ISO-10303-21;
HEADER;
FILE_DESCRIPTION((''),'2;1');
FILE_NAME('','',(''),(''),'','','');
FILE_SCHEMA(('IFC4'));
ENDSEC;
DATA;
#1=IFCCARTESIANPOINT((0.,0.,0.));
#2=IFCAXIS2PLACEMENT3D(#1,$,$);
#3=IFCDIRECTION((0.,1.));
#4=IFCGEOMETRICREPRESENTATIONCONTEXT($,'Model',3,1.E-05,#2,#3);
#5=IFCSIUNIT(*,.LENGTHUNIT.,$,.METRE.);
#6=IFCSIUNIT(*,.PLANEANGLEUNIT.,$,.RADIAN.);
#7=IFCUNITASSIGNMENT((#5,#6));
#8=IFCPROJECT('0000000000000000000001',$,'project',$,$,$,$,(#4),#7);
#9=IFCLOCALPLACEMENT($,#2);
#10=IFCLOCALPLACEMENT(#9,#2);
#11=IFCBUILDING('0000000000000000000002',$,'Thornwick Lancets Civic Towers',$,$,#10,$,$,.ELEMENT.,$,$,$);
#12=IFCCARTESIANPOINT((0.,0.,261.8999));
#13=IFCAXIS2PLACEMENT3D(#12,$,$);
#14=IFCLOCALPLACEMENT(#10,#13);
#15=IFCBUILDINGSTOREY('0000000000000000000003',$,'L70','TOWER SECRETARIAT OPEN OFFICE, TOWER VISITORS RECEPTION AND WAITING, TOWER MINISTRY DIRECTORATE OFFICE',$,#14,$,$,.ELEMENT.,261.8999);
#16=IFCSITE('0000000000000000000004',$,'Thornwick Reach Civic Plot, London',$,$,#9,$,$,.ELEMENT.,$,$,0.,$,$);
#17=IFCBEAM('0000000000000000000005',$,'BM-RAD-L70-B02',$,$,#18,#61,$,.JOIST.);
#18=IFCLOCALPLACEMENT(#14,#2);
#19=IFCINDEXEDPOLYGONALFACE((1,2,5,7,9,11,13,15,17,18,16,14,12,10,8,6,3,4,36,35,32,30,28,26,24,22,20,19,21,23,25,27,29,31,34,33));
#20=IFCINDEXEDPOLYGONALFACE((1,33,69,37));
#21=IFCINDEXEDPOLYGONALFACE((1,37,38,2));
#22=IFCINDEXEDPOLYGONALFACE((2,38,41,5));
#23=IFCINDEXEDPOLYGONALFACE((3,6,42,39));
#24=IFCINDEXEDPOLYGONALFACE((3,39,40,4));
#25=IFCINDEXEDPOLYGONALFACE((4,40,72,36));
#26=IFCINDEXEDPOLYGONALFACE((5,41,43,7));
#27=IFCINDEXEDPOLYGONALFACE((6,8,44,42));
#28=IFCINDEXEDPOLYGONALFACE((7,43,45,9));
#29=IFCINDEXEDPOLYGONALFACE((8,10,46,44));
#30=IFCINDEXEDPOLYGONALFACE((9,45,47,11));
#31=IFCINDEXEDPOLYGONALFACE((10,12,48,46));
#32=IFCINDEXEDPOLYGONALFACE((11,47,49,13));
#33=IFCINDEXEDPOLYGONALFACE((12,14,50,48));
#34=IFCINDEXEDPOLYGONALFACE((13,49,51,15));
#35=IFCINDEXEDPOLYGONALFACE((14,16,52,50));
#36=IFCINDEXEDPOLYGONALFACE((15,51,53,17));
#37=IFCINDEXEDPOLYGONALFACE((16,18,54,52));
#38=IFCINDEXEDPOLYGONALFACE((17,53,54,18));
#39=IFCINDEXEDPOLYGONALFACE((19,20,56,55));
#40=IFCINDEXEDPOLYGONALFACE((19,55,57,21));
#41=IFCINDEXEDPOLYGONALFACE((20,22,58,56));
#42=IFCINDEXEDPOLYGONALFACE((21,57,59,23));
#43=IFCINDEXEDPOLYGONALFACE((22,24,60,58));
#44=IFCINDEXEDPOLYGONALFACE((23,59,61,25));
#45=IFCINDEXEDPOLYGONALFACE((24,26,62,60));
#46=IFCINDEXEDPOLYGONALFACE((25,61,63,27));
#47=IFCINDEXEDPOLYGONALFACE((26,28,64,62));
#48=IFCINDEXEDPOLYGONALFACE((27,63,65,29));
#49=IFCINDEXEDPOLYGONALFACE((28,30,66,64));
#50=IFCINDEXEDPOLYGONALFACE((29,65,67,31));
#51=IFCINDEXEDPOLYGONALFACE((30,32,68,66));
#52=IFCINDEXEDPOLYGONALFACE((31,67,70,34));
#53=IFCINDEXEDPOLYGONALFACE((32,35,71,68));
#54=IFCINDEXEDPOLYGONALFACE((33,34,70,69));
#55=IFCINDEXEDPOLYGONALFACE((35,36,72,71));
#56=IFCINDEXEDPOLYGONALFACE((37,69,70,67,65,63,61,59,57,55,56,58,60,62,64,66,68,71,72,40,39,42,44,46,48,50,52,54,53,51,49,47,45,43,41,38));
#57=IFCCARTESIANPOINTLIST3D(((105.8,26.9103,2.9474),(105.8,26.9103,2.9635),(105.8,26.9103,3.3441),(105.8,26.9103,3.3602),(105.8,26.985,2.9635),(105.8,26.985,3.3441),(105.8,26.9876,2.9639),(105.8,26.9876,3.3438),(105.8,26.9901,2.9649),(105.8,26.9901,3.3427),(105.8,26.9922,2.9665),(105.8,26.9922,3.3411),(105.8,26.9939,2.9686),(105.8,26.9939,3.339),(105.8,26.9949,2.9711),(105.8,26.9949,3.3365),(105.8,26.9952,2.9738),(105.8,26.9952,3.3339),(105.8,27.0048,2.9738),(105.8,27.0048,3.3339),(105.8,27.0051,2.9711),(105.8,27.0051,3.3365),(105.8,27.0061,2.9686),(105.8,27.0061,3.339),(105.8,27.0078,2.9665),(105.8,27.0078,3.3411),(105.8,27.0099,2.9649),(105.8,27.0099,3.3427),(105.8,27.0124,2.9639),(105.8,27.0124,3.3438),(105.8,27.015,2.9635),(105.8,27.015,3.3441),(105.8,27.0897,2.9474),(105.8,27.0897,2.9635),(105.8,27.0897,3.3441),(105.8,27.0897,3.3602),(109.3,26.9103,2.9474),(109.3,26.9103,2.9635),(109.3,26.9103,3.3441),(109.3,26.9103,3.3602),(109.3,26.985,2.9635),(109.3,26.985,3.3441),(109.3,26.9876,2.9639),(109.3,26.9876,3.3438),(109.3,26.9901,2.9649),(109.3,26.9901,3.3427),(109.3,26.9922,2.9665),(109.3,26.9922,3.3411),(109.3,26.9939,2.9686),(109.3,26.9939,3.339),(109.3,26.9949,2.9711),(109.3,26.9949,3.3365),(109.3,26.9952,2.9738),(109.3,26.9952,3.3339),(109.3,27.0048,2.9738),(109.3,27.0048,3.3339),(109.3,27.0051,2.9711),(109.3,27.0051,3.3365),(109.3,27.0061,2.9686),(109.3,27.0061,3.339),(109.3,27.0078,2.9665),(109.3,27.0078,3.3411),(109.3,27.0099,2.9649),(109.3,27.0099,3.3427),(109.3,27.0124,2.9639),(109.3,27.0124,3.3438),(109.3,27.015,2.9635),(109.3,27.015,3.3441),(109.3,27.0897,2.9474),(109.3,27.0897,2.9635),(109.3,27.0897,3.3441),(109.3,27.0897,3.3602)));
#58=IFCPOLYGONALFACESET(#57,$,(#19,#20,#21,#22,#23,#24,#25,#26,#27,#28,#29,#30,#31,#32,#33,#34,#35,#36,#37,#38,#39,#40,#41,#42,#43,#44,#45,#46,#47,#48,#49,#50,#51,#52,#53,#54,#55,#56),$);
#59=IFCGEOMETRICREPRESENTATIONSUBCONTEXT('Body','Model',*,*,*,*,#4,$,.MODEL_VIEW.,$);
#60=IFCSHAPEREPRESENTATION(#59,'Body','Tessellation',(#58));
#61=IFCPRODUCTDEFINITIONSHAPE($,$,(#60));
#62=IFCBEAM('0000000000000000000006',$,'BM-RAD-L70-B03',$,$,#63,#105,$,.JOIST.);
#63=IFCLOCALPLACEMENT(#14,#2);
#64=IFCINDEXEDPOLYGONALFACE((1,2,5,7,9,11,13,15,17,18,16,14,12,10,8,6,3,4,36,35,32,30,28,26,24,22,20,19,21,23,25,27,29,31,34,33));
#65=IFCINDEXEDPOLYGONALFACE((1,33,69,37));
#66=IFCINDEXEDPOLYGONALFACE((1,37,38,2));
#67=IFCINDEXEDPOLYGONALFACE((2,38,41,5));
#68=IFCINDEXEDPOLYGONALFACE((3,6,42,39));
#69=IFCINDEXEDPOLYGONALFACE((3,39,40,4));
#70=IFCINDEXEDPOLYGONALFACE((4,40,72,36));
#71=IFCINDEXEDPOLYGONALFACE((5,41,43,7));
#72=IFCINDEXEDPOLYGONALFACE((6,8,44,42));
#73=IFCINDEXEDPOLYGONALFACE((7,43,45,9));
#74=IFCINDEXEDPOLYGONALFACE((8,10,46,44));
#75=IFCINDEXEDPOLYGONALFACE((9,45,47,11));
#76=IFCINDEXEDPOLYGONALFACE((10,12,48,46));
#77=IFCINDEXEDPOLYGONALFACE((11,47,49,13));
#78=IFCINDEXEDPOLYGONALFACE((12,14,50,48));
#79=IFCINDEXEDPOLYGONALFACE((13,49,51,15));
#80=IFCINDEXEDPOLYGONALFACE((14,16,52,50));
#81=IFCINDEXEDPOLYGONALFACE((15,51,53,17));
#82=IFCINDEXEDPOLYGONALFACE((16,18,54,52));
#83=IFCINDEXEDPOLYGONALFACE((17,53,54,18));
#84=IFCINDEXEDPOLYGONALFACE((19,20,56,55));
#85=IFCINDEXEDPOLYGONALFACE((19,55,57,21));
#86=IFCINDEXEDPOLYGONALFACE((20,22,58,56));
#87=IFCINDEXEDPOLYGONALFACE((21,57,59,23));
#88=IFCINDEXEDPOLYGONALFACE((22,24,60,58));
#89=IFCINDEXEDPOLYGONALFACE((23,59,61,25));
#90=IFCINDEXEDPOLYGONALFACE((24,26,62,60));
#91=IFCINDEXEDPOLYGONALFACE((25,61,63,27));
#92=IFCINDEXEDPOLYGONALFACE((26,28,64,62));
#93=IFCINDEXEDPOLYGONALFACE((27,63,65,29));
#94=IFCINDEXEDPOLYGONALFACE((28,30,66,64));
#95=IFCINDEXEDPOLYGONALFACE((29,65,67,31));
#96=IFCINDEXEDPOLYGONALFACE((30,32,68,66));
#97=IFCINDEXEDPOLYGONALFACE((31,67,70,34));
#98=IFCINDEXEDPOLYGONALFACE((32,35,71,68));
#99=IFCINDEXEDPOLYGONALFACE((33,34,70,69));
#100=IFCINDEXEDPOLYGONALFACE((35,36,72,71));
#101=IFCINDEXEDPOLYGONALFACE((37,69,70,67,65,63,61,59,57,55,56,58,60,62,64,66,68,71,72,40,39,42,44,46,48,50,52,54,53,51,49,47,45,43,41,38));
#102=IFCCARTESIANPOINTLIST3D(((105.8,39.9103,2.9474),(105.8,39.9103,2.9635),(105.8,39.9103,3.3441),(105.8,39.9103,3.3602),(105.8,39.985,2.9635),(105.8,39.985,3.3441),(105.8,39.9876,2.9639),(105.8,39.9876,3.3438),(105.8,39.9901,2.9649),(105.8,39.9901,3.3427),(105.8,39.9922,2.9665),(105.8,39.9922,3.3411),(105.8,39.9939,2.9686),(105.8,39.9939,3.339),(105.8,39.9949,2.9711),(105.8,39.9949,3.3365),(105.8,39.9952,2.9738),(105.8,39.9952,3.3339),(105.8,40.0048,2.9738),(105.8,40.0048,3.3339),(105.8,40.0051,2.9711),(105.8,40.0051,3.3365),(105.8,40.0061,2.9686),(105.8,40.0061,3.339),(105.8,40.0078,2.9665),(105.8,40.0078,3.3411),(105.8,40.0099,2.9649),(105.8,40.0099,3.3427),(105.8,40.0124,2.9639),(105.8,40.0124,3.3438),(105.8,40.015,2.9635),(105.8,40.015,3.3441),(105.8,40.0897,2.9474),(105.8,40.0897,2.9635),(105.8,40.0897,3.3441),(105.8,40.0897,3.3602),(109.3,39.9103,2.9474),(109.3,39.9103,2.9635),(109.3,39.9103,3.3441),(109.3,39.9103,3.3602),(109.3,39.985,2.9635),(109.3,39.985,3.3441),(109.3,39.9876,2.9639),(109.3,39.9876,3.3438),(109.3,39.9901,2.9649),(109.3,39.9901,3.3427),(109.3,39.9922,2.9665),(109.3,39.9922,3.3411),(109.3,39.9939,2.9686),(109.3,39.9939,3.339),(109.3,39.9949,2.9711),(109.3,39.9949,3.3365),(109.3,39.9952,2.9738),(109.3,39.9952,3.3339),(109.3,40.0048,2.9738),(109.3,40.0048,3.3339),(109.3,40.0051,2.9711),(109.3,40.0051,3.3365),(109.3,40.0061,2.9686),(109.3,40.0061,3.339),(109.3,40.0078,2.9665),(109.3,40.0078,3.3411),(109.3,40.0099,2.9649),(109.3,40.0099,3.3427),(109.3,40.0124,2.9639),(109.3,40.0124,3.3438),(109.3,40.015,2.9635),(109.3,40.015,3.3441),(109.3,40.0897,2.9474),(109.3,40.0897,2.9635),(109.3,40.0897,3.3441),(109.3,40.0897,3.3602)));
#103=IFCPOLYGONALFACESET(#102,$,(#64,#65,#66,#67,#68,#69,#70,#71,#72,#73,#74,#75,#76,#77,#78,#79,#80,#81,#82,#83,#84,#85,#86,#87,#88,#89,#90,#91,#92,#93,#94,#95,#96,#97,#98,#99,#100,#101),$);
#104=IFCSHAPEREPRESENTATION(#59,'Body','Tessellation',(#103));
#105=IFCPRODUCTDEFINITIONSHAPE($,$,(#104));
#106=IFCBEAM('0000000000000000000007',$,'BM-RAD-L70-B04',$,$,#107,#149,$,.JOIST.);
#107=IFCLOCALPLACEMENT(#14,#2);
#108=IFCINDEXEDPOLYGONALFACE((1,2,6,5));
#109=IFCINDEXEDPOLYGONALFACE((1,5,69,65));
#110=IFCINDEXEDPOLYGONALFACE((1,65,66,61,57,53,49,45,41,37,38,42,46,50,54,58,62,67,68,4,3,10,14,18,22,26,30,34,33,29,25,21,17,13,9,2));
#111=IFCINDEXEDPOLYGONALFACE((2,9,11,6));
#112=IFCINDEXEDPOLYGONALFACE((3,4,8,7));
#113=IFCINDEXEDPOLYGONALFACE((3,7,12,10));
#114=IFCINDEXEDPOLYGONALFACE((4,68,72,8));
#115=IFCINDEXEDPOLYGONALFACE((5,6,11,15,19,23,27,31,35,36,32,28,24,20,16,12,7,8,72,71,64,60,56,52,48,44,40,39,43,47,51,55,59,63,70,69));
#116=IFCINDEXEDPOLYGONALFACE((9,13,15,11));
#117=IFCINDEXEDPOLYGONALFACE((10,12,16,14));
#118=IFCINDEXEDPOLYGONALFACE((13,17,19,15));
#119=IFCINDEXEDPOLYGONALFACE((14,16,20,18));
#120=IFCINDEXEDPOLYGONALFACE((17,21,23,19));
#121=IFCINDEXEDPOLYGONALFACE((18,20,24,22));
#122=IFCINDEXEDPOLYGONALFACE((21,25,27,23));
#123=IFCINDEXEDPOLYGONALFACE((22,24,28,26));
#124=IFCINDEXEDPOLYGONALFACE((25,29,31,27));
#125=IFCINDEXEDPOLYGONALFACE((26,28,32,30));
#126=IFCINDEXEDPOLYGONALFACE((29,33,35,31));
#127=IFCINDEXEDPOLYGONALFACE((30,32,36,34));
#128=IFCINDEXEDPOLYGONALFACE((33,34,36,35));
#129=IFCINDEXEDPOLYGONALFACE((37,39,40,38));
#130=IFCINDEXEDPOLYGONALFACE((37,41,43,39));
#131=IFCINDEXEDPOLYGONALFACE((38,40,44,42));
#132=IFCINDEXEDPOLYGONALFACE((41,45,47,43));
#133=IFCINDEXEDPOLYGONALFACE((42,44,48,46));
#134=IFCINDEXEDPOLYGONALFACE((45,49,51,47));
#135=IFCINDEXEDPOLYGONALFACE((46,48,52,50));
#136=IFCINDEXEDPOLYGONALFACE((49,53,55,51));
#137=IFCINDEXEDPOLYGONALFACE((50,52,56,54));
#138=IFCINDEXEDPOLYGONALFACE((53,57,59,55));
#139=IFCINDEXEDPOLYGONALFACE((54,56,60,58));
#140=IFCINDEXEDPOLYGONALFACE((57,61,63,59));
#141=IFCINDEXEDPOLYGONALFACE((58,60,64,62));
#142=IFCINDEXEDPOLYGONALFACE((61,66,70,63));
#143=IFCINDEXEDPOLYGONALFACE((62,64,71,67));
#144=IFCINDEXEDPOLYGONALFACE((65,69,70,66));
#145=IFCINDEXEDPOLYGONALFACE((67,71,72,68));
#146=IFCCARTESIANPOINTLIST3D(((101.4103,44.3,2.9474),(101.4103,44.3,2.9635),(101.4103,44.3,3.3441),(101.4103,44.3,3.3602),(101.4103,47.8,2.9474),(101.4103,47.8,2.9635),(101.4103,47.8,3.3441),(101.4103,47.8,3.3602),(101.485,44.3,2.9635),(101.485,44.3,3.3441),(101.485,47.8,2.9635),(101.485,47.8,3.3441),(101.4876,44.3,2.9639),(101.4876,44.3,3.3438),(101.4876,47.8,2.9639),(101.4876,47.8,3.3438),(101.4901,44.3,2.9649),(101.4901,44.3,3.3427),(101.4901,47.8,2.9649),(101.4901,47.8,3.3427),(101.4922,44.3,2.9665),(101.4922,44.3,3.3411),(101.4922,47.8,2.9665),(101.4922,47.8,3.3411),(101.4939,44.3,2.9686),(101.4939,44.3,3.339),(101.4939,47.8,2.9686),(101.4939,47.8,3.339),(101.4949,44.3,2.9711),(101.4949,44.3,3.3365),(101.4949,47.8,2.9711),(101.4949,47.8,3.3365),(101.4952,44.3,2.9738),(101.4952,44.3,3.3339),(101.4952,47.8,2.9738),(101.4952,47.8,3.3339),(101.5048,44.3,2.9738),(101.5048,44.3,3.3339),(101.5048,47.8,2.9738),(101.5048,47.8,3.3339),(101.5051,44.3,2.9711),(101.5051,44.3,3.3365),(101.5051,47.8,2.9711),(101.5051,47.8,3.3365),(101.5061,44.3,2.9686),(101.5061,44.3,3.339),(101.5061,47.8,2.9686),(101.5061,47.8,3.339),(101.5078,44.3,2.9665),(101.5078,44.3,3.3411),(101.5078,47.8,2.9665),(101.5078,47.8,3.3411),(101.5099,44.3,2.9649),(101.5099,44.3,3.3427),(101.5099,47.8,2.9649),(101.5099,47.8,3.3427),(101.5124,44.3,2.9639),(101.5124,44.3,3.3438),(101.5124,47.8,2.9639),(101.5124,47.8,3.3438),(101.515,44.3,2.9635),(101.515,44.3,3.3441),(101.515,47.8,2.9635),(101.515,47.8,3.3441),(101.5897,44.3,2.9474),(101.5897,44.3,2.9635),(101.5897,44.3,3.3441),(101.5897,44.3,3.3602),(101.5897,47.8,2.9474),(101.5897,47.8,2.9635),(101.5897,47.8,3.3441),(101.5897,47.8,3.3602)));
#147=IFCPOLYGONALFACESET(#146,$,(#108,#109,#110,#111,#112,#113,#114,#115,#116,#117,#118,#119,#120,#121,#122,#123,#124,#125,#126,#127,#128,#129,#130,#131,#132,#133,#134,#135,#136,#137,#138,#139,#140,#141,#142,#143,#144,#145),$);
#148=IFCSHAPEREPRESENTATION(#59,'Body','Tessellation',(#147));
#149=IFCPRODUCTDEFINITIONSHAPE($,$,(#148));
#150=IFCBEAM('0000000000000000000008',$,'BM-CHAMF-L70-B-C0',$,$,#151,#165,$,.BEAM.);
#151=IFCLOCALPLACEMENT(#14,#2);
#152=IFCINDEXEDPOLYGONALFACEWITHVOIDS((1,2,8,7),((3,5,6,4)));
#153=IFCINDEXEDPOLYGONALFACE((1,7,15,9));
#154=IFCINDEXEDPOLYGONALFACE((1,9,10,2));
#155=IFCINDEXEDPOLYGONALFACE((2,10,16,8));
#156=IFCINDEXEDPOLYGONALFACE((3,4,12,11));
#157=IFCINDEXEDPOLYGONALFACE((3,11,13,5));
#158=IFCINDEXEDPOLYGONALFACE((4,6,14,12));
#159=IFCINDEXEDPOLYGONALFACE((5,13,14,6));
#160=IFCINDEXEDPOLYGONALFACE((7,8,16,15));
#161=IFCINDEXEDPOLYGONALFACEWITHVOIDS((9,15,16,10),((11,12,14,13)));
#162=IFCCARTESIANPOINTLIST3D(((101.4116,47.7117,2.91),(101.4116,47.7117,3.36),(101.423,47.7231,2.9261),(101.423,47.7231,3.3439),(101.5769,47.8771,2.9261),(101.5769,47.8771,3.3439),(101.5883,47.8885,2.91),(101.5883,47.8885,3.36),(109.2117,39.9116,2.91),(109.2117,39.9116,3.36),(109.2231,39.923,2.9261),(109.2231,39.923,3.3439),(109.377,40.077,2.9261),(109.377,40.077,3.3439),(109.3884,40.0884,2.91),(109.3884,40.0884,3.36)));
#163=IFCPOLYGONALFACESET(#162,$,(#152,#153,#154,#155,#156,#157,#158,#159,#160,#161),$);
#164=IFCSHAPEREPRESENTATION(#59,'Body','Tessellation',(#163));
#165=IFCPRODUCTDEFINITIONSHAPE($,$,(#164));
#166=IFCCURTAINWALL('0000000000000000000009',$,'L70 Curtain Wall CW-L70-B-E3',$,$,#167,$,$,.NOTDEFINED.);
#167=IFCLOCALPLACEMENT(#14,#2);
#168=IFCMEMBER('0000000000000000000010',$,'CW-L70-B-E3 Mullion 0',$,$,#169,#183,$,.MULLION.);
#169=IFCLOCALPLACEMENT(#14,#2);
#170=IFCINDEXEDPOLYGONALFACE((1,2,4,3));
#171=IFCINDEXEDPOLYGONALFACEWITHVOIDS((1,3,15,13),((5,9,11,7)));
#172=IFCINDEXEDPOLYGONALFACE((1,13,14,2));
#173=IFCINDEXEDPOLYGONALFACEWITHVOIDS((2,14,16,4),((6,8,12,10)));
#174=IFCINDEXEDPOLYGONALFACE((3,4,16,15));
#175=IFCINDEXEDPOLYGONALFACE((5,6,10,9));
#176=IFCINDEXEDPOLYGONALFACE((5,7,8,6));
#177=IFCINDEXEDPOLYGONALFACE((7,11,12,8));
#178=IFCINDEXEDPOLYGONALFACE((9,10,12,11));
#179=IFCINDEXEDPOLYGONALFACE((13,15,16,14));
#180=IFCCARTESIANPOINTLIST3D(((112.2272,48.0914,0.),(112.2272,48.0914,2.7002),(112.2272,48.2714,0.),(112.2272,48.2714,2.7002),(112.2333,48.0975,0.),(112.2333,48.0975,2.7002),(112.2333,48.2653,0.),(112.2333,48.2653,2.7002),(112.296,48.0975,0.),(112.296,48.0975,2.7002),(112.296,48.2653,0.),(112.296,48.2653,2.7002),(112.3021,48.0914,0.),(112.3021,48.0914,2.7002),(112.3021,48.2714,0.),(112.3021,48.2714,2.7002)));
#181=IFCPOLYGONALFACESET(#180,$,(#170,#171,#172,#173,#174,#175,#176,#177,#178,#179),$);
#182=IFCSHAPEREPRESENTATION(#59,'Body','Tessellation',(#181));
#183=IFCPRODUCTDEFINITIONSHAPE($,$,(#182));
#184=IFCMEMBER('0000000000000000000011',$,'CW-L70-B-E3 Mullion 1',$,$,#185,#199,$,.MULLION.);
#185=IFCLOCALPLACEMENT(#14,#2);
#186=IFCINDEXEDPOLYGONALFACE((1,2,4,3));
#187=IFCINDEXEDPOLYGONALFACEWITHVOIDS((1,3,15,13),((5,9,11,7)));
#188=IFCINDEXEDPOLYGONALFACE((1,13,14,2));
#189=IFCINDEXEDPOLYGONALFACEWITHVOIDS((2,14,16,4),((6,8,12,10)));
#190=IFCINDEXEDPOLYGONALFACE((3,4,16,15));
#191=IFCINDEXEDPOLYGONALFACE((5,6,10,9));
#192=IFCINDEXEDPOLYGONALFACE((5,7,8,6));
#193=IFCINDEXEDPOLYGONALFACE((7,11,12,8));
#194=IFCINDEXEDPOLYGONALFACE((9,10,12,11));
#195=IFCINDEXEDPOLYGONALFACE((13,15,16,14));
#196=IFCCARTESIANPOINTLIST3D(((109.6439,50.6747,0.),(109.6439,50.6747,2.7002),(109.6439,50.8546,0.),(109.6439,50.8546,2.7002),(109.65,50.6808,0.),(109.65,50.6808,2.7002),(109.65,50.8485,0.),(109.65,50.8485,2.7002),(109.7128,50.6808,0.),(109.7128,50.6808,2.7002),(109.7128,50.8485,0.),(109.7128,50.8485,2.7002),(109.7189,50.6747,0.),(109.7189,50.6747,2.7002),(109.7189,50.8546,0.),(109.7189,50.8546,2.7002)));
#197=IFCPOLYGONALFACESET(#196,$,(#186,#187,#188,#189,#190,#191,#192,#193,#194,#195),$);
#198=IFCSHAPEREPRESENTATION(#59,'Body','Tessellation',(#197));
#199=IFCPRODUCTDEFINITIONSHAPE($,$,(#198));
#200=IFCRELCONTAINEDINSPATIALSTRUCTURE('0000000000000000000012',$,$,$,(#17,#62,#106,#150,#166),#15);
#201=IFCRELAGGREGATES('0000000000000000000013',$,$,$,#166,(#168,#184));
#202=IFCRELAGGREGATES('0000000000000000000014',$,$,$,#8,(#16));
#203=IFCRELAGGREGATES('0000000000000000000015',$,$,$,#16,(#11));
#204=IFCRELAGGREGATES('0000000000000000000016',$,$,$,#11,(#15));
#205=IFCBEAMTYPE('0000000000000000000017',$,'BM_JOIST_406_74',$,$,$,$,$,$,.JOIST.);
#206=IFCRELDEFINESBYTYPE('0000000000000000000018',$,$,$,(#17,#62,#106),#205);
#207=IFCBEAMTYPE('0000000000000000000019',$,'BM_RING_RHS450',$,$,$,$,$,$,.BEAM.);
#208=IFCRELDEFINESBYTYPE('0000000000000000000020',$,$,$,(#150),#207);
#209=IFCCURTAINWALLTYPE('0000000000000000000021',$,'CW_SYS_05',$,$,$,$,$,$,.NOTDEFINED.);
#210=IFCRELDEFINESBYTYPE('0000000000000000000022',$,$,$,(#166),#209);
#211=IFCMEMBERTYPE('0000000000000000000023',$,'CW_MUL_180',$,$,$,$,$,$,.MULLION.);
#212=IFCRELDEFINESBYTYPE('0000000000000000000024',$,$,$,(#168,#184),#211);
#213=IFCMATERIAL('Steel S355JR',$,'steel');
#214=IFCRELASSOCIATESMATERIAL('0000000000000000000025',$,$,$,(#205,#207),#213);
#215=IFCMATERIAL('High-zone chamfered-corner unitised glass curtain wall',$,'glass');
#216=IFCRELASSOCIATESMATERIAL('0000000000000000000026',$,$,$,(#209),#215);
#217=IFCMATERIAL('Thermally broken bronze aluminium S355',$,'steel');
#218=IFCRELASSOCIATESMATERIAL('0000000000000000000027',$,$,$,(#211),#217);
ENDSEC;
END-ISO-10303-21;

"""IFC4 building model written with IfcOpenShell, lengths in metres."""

from ifc_helpers import new_model, si_unit, direction, frame, origin, origin_2d, place, context, subcontext, project, spatial, hollow_rectangle, i_section, extrude, material, material_profile, profile_set, type_object, element, aggregate, save


model = new_model("IFC4")

# Units and contexts
model_context = context("Model", 3, precision=1e-05, world=origin(), true_north=direction((0.0, 1.0)))
body_context = subcontext(model_context, "Body", "Model", "MODEL_VIEW")
ifc_project = project(units=[si_unit("LENGTHUNIT", "METRE"), si_unit("PLANEANGLEUNIT", "RADIAN")], contexts=[model_context])

# Site, building, storey
site_placement = place(None, origin())
site = spatial("IfcSite", under=ifc_project, at=site_placement, Name="Thornwick Reach Civic Plot, London", CompositionType="ELEMENT", RefElevation=0.0)
building_placement = place(site_placement, origin())
building = spatial("IfcBuilding", under=site, at=building_placement, Name="Thornwick Lancets Civic Towers", CompositionType="ELEMENT")
storey_placement = place(building_placement, frame((0.0, 0.0, 261.8999)))
storey = spatial("IfcBuildingStorey", under=building, at=storey_placement, Name="L70", Description="TOWER SECRETARIAT OPEN OFFICE, TOWER VISITORS RECEPTION AND WAITING, TOWER MINISTRY DIRECTORATE OFFICE", CompositionType="ELEMENT", Elevation=261.8999)

# Shared definitions
ifc_material_1 = material(Name="Steel S355JR", Category="steel")

# Beams
ifc_material_profile_1 = material_profile(ifc_material_1, i_section(OverallWidth=0.1794, OverallDepth=0.4128, WebThickness=0.0095, FlangeThickness=0.0161, FilletRadius=0.0103, at=origin_2d()), Name="UKB 406x178x74")
ifc_profile_set_1 = profile_set([ifc_material_profile_1], Name="Steel S355JR")
beam_type_1 = type_object("IfcBeamType", Name="BM_JOIST_406_74", PredefinedType="JOIST", material=ifc_profile_set_1)
for number, where, z_axis, x_axis, name in (
    (1, (105.8, 27.0, 3.1538), (1.0, 0.0, 0.0), (0.0, 1.0, 0.0), "BM-RAD-L70-B02"),
    (2, (105.8, 40.0, 3.1538), (1.0, 0.0, 0.0), (0.0, 1.0, 0.0), "BM-RAD-L70-B03"),
    (3, (101.5, 44.3, 3.1538), (0.0, 1.0, 0.0), (-1.0, 0.0, 0.0), "BM-RAD-L70-B04"),
):
    element("IfcBeam", number, at=place(storey_placement, frame(where, z_axis=z_axis, x_axis=x_axis)), inside=storey, type_object=beam_type_1, Name=name, PredefinedType="JOIST", context=body_context, shape_type="SweptSolid", body=[
        extrude(i_section(OverallWidth=0.1794, OverallDepth=0.4128, WebThickness=0.0095, FlangeThickness=0.0161, FilletRadius=0.0103, at=origin_2d()), origin(), (0.0, 0.0, 1.0), 3.5),
    ])
ifc_material_profile_2 = material_profile(ifc_material_1, hollow_rectangle(XDim=0.25, YDim=0.45, WallThickness=0.0161, at=origin_2d()), Name="RHS 450x250x16")
ifc_profile_set_2 = profile_set([ifc_material_profile_2], Name="Steel S355JR")
beam_type_2 = type_object("IfcBeamType", Name="BM_RING_RHS450", PredefinedType="BEAM", material=ifc_profile_set_2)
beam_1_placement = place(storey_placement, frame((109.3, 40.0, 3.135), z_axis=(-0.707107, 0.707107, 0.0), x_axis=(-0.707107, -0.707107, 0.0)))
element("IfcBeam", 4, at=beam_1_placement, inside=storey, type_object=beam_type_2, Name="BM-CHAMF-L70-B-C0", PredefinedType="BEAM", context=body_context, shape_type="SweptSolid", body=[
    extrude(hollow_rectangle(XDim=0.25, YDim=0.45, WallThickness=0.0161, at=origin_2d()), origin(), (0.0, 0.0, 1.0), 11.031),
])

# Curtain wall, members
ifc_material_2 = material(Name="High-zone chamfered-corner unitised glass curtain wall", Category="glass")
curtain_wall_type = type_object("IfcCurtainWallType", Name="CW_SYS_05", PredefinedType="NOTDEFINED", material=ifc_material_2)
curtain_wall_placement = place(storey_placement, origin())
curtain_wall = element("IfcCurtainWall", 5, at=curtain_wall_placement, inside=storey, type_object=curtain_wall_type, Name="L70 Curtain Wall CW-L70-B-E3", PredefinedType="NOTDEFINED")
ifc_material_3 = material(Name="Thermally broken bronze aluminium S355", Category="steel")
ifc_material_profile_3 = material_profile(ifc_material_3, hollow_rectangle(XDim=0.075, YDim=0.1799, WallThickness=0.0061, at=origin_2d()), Name="RHS 180x75x6")
ifc_profile_set_3 = profile_set([ifc_material_profile_3], Name="Thermally broken bronze aluminium S355")
member_type_1 = type_object("IfcMemberType", Name="CW_MUL_180", PredefinedType="MULLION", material=ifc_profile_set_3)
member_1_placement = place(storey_placement, frame((112.2646, 48.1814, 0.0), z_axis=(0.0, 0.0, 1.0), x_axis=(1.0, 0.0, 0.0)))
member_1 = element("IfcMember", 6, at=member_1_placement, type_object=member_type_1, Name="CW-L70-B-E3 Mullion 0", PredefinedType="MULLION", context=body_context, shape_type="SweptSolid", body=[
    extrude(hollow_rectangle(XDim=0.075, YDim=0.1799, WallThickness=0.0061, at=origin_2d()), origin(), (0.0, 0.0, 1.0), 2.7002),
])
member_2_placement = place(storey_placement, frame((109.6814, 50.7646, 0.0), z_axis=(0.0, 0.0, 1.0), x_axis=(1.0, 0.0, 0.0)))
member_2 = element("IfcMember", 7, at=member_2_placement, type_object=member_type_1, Name="CW-L70-B-E3 Mullion 1", PredefinedType="MULLION", context=body_context, shape_type="SweptSolid", body=[
    extrude(hollow_rectangle(XDim=0.075, YDim=0.1799, WallThickness=0.0061, at=origin_2d()), origin(), (0.0, 0.0, 1.0), 2.7002),
])
aggregate(curtain_wall, [member_1, member_2])

save(model, "model.ifc")
